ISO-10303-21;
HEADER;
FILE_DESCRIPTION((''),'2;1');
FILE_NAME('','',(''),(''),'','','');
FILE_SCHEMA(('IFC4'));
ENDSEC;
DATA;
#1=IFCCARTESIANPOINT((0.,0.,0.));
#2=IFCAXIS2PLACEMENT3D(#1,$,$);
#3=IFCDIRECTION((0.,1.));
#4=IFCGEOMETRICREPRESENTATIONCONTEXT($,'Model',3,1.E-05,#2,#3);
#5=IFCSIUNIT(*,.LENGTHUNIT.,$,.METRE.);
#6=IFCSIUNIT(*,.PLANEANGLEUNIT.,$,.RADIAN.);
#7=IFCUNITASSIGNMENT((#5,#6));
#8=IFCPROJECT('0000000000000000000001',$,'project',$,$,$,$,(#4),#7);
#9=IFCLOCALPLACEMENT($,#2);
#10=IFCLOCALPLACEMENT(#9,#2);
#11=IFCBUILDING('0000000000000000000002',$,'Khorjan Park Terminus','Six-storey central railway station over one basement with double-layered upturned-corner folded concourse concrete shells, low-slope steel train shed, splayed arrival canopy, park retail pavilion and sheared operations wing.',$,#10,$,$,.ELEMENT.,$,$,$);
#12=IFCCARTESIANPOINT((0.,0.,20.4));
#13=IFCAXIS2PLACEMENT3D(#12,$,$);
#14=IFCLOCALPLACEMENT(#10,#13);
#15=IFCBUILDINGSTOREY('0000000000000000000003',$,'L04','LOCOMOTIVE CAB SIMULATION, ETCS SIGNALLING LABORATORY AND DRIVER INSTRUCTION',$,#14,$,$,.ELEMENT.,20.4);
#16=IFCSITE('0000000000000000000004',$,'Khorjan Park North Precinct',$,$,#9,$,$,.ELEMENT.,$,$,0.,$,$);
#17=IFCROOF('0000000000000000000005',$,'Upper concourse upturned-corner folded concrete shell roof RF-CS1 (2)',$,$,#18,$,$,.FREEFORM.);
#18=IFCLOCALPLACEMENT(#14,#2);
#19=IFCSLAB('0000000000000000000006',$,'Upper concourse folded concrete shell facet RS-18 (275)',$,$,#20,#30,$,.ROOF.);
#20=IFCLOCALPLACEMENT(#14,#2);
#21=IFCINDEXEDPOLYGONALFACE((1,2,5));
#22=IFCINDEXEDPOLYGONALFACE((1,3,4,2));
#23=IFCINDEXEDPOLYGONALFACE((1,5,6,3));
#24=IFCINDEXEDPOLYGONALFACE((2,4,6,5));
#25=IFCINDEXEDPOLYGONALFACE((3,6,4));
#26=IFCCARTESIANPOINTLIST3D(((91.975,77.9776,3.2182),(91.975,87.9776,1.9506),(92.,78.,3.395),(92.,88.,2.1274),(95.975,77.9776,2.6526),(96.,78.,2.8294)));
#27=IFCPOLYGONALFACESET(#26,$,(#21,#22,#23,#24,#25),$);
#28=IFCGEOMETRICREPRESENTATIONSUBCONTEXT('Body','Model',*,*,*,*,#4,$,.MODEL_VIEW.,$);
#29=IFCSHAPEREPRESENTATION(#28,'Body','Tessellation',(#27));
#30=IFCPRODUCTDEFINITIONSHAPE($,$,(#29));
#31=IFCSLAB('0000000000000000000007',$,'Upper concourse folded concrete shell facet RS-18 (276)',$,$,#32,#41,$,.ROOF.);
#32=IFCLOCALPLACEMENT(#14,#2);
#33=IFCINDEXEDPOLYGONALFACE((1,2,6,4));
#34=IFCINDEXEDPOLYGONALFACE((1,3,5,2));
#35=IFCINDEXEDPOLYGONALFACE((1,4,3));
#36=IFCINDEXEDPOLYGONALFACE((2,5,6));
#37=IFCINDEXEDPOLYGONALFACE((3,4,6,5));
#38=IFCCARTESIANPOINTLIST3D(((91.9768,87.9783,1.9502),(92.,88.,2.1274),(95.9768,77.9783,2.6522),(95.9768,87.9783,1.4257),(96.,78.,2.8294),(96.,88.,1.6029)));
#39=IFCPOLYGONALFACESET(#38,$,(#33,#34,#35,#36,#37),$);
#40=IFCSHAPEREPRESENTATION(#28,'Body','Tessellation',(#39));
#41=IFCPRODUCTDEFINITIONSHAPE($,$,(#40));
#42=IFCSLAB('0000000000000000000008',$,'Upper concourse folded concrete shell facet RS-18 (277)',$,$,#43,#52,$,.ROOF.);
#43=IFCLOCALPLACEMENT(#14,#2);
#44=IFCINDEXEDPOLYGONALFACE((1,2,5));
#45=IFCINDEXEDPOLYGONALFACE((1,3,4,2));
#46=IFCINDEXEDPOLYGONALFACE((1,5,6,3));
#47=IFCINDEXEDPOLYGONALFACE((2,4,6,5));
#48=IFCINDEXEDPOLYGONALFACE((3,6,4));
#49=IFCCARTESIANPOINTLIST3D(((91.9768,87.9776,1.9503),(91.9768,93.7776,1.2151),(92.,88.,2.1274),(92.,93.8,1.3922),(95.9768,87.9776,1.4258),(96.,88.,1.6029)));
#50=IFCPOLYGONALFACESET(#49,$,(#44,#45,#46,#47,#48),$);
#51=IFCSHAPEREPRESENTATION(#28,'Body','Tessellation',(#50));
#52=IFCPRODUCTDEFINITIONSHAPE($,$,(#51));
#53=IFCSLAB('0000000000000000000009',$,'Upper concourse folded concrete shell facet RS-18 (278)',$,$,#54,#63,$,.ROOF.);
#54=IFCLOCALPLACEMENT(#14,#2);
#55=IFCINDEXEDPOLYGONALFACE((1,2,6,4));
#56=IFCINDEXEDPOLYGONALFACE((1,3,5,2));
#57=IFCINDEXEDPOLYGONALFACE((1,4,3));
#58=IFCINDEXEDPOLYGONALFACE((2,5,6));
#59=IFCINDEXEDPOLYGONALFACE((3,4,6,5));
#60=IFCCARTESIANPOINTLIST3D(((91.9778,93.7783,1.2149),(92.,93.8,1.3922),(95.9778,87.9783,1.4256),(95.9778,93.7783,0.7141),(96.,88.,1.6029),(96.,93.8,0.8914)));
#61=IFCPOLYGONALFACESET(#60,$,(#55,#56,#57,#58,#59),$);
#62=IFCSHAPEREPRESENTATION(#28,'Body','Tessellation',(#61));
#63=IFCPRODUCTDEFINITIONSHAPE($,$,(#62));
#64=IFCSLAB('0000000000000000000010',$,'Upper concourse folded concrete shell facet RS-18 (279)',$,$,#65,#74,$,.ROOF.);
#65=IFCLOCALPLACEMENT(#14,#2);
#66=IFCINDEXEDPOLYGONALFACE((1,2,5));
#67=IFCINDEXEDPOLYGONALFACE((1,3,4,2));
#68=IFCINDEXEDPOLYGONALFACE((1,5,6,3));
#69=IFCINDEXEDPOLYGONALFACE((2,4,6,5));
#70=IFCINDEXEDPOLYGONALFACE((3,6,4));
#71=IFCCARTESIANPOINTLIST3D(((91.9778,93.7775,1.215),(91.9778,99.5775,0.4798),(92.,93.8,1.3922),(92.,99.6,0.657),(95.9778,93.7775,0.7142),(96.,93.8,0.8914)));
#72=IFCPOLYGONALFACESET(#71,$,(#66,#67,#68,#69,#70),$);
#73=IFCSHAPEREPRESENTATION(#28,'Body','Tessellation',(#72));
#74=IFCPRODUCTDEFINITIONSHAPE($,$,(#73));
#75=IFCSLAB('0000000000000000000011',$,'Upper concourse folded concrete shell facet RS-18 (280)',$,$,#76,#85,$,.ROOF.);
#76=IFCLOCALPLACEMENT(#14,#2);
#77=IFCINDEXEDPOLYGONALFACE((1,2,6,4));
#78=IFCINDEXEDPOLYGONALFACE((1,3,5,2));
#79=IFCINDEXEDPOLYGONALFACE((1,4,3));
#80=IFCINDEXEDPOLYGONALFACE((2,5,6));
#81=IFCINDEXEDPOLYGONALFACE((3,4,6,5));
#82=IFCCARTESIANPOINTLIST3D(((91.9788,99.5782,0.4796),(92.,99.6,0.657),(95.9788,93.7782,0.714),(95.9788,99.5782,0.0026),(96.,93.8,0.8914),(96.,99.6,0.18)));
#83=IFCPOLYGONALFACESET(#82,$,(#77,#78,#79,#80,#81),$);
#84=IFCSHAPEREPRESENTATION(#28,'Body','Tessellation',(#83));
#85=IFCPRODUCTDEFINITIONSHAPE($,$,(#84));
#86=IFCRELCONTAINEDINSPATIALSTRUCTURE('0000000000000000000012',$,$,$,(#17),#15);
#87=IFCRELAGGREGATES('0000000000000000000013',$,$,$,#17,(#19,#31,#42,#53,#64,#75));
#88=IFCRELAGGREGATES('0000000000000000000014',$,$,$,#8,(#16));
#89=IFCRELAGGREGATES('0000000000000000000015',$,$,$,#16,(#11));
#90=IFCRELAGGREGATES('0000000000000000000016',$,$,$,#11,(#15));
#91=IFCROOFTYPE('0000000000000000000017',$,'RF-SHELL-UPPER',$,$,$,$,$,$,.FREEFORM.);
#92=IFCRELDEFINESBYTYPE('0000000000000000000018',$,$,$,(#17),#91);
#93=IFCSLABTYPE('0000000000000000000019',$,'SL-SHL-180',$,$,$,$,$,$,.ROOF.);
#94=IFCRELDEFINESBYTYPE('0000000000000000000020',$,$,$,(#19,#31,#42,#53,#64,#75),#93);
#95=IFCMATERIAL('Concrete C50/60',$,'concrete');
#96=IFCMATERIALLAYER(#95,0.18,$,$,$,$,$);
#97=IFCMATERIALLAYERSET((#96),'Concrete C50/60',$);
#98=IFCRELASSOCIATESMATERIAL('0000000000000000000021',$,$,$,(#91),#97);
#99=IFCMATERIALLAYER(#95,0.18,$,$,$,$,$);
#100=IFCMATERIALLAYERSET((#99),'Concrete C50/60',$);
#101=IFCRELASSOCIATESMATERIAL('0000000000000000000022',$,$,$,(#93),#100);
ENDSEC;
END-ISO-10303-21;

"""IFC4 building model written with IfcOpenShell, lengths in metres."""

from ifc_helpers import new_model, si_unit, direction, frame, origin, place, context, subcontext, project, spatial, polyline, outline, extrude, material, layer, layer_set, type_object, element, aggregate, save


model = new_model("IFC4")

# Units and contexts
model_context = context("Model", 3, precision=1e-05, world=origin(), true_north=direction((0.0, 1.0)))
body_context = subcontext(model_context, "Body", "Model", "MODEL_VIEW")
ifc_project = project(units=[si_unit("LENGTHUNIT", "METRE"), si_unit("PLANEANGLEUNIT", "RADIAN")], contexts=[model_context])

# Site, building, storey
site_placement = place(None, origin())
site = spatial("IfcSite", under=ifc_project, at=site_placement, Name="Khorjan Park North Precinct", CompositionType="ELEMENT", RefElevation=0.0)
building_placement = place(site_placement, origin())
building = spatial("IfcBuilding", under=site, at=building_placement, Name="Khorjan Park Terminus", Description="Six-storey central railway station over one basement with double-layered upturned-corner folded concourse concrete shells, low-slope steel train shed, splayed arrival canopy, park retail pavilion and sheared operations wing.", CompositionType="ELEMENT")
storey_placement = place(building_placement, frame((0.0, 0.0, 20.4)))
storey = spatial("IfcBuildingStorey", under=building, at=storey_placement, Name="L04", Description="LOCOMOTIVE CAB SIMULATION, ETCS SIGNALLING LABORATORY AND DRIVER INSTRUCTION", CompositionType="ELEMENT", Elevation=20.4)

# Roof, slabs
ifc_material = material(Name="Concrete C50/60", Category="concrete")
ifc_layer_1 = layer(ifc_material, 0.18)
ifc_layer_set_1 = layer_set([ifc_layer_1], Name="Concrete C50/60")
roof_type = type_object("IfcRoofType", Name="RF-SHELL-UPPER", PredefinedType="FREEFORM", material=ifc_layer_set_1)
roof_placement = place(storey_placement, origin())
roof = element("IfcRoof", 1, at=roof_placement, inside=storey, type_object=roof_type, Name="Upper concourse upturned-corner folded concrete shell roof RF-CS1 (2)", PredefinedType="FREEFORM")
ifc_layer_2 = layer(ifc_material, 0.18)
ifc_layer_set_2 = layer_set([ifc_layer_2], Name="Concrete C50/60")
slab_type = type_object("IfcSlabType", Name="SL-SHL-180", PredefinedType="ROOF", material=ifc_layer_set_2)
slab_1_placement = place(storey_placement, frame((92.0, 78.0, 3.395), z_axis=(0.138917, 0.124534, 0.982442), x_axis=(0.99015, 0.0, -0.140007)))
slab_1 = element("IfcSlab", 2, at=slab_1_placement, type_object=slab_type, Name="Upper concourse folded concrete shell facet RS-18 (275)", PredefinedType="ROOF", context=body_context, shape_type="SweptSolid", body=[
    extrude(outline(polyline([(0.0, 0.0), (4.0398, 0.0), (0.1775, 10.0785), (0.0, 0.0)])), origin(), (0.0, 0.0, -1.0), 0.18),
])
slab_2_placement = place(storey_placement, frame((96.0, 78.0, 2.8294), z_axis=(0.129061, 0.12072, 0.984261), x_axis=(0.0, 0.992562, -0.121738)))
slab_2 = element("IfcSlab", 3, at=slab_2_placement, type_object=slab_type, Name="Upper concourse folded concrete shell facet RS-18 (276)", PredefinedType="ROOF", context=body_context, shape_type="SweptSolid", body=[
    extrude(outline(polyline([(0.0, 0.0), (10.0749, 0.0), (10.0111, 4.0337), (0.0, 0.0)])), origin(), (0.0, 0.0, -1.0), 0.18),
])
slab_3_placement = place(storey_placement, frame((92.0, 88.0, 2.1274), z_axis=(0.128997, 0.124702, 0.983773), x_axis=(0.991512, 0.0, -0.130012)))
slab_3 = element("IfcSlab", 4, at=slab_3_placement, type_object=slab_type, Name="Upper concourse folded concrete shell facet RS-18 (277)", PredefinedType="ROOF", context=body_context, shape_type="SweptSolid", body=[
    extrude(outline(polyline([(0.0, 0.0), (4.0342, 0.0), (0.0956, 5.8456), (0.0, 0.0)])), origin(), (0.0, 0.0, -1.0), 0.18),
])
slab_4_placement = place(storey_placement, frame((96.0, 88.0, 1.6029), z_axis=(0.12332, 0.12083, 0.984983), x_axis=(0.0, 0.99256, -0.12176)))
slab_4 = element("IfcSlab", 5, at=slab_4_placement, type_object=slab_type, Name="Upper concourse folded concrete shell facet RS-18 (278)", PredefinedType="ROOF", context=body_context, shape_type="SweptSolid", body=[
    extrude(outline(polyline([(0.0, 0.0), (5.8435, 0.0), (5.7825, 4.0308), (0.0, 0.0)])), origin(), (0.0, 0.0, -1.0), 0.18),
])
slab_5_placement = place(storey_placement, frame((92.0, 93.8, 1.3922), z_axis=(0.123259, 0.124793, 0.984497), x_axis=(0.992253, 0.0, -0.12423)))
slab_5 = element("IfcSlab", 6, at=slab_5_placement, type_object=slab_type, Name="Upper concourse folded concrete shell facet RS-18 (279)", PredefinedType="ROOF", context=body_context, shape_type="SweptSolid", body=[
    extrude(outline(polyline([(0.0, 0.0), (4.0312, 0.0), (0.0913, 5.8457), (0.0, 0.0)])), origin(), (0.0, 0.0, -1.0), 0.18),
])
slab_6_placement = place(storey_placement, frame((96.0, 93.8, 0.8914), z_axis=(0.117542, 0.120899, 0.985681), x_axis=(0.0, 0.992562, -0.121743)))
slab_6 = element("IfcSlab", 7, at=slab_6_placement, type_object=slab_type, Name="Upper concourse folded concrete shell facet RS-18 (280)", PredefinedType="ROOF", context=body_context, shape_type="SweptSolid", body=[
    extrude(outline(polyline([(0.0, 0.0), (5.8435, 0.0), (5.7854, 4.0279), (0.0, 0.0)])), origin(), (0.0, 0.0, -1.0), 0.18),
])
aggregate(roof, [slab_1, slab_2, slab_3, slab_4, slab_5, slab_6])

save(model, "model.ifc")
